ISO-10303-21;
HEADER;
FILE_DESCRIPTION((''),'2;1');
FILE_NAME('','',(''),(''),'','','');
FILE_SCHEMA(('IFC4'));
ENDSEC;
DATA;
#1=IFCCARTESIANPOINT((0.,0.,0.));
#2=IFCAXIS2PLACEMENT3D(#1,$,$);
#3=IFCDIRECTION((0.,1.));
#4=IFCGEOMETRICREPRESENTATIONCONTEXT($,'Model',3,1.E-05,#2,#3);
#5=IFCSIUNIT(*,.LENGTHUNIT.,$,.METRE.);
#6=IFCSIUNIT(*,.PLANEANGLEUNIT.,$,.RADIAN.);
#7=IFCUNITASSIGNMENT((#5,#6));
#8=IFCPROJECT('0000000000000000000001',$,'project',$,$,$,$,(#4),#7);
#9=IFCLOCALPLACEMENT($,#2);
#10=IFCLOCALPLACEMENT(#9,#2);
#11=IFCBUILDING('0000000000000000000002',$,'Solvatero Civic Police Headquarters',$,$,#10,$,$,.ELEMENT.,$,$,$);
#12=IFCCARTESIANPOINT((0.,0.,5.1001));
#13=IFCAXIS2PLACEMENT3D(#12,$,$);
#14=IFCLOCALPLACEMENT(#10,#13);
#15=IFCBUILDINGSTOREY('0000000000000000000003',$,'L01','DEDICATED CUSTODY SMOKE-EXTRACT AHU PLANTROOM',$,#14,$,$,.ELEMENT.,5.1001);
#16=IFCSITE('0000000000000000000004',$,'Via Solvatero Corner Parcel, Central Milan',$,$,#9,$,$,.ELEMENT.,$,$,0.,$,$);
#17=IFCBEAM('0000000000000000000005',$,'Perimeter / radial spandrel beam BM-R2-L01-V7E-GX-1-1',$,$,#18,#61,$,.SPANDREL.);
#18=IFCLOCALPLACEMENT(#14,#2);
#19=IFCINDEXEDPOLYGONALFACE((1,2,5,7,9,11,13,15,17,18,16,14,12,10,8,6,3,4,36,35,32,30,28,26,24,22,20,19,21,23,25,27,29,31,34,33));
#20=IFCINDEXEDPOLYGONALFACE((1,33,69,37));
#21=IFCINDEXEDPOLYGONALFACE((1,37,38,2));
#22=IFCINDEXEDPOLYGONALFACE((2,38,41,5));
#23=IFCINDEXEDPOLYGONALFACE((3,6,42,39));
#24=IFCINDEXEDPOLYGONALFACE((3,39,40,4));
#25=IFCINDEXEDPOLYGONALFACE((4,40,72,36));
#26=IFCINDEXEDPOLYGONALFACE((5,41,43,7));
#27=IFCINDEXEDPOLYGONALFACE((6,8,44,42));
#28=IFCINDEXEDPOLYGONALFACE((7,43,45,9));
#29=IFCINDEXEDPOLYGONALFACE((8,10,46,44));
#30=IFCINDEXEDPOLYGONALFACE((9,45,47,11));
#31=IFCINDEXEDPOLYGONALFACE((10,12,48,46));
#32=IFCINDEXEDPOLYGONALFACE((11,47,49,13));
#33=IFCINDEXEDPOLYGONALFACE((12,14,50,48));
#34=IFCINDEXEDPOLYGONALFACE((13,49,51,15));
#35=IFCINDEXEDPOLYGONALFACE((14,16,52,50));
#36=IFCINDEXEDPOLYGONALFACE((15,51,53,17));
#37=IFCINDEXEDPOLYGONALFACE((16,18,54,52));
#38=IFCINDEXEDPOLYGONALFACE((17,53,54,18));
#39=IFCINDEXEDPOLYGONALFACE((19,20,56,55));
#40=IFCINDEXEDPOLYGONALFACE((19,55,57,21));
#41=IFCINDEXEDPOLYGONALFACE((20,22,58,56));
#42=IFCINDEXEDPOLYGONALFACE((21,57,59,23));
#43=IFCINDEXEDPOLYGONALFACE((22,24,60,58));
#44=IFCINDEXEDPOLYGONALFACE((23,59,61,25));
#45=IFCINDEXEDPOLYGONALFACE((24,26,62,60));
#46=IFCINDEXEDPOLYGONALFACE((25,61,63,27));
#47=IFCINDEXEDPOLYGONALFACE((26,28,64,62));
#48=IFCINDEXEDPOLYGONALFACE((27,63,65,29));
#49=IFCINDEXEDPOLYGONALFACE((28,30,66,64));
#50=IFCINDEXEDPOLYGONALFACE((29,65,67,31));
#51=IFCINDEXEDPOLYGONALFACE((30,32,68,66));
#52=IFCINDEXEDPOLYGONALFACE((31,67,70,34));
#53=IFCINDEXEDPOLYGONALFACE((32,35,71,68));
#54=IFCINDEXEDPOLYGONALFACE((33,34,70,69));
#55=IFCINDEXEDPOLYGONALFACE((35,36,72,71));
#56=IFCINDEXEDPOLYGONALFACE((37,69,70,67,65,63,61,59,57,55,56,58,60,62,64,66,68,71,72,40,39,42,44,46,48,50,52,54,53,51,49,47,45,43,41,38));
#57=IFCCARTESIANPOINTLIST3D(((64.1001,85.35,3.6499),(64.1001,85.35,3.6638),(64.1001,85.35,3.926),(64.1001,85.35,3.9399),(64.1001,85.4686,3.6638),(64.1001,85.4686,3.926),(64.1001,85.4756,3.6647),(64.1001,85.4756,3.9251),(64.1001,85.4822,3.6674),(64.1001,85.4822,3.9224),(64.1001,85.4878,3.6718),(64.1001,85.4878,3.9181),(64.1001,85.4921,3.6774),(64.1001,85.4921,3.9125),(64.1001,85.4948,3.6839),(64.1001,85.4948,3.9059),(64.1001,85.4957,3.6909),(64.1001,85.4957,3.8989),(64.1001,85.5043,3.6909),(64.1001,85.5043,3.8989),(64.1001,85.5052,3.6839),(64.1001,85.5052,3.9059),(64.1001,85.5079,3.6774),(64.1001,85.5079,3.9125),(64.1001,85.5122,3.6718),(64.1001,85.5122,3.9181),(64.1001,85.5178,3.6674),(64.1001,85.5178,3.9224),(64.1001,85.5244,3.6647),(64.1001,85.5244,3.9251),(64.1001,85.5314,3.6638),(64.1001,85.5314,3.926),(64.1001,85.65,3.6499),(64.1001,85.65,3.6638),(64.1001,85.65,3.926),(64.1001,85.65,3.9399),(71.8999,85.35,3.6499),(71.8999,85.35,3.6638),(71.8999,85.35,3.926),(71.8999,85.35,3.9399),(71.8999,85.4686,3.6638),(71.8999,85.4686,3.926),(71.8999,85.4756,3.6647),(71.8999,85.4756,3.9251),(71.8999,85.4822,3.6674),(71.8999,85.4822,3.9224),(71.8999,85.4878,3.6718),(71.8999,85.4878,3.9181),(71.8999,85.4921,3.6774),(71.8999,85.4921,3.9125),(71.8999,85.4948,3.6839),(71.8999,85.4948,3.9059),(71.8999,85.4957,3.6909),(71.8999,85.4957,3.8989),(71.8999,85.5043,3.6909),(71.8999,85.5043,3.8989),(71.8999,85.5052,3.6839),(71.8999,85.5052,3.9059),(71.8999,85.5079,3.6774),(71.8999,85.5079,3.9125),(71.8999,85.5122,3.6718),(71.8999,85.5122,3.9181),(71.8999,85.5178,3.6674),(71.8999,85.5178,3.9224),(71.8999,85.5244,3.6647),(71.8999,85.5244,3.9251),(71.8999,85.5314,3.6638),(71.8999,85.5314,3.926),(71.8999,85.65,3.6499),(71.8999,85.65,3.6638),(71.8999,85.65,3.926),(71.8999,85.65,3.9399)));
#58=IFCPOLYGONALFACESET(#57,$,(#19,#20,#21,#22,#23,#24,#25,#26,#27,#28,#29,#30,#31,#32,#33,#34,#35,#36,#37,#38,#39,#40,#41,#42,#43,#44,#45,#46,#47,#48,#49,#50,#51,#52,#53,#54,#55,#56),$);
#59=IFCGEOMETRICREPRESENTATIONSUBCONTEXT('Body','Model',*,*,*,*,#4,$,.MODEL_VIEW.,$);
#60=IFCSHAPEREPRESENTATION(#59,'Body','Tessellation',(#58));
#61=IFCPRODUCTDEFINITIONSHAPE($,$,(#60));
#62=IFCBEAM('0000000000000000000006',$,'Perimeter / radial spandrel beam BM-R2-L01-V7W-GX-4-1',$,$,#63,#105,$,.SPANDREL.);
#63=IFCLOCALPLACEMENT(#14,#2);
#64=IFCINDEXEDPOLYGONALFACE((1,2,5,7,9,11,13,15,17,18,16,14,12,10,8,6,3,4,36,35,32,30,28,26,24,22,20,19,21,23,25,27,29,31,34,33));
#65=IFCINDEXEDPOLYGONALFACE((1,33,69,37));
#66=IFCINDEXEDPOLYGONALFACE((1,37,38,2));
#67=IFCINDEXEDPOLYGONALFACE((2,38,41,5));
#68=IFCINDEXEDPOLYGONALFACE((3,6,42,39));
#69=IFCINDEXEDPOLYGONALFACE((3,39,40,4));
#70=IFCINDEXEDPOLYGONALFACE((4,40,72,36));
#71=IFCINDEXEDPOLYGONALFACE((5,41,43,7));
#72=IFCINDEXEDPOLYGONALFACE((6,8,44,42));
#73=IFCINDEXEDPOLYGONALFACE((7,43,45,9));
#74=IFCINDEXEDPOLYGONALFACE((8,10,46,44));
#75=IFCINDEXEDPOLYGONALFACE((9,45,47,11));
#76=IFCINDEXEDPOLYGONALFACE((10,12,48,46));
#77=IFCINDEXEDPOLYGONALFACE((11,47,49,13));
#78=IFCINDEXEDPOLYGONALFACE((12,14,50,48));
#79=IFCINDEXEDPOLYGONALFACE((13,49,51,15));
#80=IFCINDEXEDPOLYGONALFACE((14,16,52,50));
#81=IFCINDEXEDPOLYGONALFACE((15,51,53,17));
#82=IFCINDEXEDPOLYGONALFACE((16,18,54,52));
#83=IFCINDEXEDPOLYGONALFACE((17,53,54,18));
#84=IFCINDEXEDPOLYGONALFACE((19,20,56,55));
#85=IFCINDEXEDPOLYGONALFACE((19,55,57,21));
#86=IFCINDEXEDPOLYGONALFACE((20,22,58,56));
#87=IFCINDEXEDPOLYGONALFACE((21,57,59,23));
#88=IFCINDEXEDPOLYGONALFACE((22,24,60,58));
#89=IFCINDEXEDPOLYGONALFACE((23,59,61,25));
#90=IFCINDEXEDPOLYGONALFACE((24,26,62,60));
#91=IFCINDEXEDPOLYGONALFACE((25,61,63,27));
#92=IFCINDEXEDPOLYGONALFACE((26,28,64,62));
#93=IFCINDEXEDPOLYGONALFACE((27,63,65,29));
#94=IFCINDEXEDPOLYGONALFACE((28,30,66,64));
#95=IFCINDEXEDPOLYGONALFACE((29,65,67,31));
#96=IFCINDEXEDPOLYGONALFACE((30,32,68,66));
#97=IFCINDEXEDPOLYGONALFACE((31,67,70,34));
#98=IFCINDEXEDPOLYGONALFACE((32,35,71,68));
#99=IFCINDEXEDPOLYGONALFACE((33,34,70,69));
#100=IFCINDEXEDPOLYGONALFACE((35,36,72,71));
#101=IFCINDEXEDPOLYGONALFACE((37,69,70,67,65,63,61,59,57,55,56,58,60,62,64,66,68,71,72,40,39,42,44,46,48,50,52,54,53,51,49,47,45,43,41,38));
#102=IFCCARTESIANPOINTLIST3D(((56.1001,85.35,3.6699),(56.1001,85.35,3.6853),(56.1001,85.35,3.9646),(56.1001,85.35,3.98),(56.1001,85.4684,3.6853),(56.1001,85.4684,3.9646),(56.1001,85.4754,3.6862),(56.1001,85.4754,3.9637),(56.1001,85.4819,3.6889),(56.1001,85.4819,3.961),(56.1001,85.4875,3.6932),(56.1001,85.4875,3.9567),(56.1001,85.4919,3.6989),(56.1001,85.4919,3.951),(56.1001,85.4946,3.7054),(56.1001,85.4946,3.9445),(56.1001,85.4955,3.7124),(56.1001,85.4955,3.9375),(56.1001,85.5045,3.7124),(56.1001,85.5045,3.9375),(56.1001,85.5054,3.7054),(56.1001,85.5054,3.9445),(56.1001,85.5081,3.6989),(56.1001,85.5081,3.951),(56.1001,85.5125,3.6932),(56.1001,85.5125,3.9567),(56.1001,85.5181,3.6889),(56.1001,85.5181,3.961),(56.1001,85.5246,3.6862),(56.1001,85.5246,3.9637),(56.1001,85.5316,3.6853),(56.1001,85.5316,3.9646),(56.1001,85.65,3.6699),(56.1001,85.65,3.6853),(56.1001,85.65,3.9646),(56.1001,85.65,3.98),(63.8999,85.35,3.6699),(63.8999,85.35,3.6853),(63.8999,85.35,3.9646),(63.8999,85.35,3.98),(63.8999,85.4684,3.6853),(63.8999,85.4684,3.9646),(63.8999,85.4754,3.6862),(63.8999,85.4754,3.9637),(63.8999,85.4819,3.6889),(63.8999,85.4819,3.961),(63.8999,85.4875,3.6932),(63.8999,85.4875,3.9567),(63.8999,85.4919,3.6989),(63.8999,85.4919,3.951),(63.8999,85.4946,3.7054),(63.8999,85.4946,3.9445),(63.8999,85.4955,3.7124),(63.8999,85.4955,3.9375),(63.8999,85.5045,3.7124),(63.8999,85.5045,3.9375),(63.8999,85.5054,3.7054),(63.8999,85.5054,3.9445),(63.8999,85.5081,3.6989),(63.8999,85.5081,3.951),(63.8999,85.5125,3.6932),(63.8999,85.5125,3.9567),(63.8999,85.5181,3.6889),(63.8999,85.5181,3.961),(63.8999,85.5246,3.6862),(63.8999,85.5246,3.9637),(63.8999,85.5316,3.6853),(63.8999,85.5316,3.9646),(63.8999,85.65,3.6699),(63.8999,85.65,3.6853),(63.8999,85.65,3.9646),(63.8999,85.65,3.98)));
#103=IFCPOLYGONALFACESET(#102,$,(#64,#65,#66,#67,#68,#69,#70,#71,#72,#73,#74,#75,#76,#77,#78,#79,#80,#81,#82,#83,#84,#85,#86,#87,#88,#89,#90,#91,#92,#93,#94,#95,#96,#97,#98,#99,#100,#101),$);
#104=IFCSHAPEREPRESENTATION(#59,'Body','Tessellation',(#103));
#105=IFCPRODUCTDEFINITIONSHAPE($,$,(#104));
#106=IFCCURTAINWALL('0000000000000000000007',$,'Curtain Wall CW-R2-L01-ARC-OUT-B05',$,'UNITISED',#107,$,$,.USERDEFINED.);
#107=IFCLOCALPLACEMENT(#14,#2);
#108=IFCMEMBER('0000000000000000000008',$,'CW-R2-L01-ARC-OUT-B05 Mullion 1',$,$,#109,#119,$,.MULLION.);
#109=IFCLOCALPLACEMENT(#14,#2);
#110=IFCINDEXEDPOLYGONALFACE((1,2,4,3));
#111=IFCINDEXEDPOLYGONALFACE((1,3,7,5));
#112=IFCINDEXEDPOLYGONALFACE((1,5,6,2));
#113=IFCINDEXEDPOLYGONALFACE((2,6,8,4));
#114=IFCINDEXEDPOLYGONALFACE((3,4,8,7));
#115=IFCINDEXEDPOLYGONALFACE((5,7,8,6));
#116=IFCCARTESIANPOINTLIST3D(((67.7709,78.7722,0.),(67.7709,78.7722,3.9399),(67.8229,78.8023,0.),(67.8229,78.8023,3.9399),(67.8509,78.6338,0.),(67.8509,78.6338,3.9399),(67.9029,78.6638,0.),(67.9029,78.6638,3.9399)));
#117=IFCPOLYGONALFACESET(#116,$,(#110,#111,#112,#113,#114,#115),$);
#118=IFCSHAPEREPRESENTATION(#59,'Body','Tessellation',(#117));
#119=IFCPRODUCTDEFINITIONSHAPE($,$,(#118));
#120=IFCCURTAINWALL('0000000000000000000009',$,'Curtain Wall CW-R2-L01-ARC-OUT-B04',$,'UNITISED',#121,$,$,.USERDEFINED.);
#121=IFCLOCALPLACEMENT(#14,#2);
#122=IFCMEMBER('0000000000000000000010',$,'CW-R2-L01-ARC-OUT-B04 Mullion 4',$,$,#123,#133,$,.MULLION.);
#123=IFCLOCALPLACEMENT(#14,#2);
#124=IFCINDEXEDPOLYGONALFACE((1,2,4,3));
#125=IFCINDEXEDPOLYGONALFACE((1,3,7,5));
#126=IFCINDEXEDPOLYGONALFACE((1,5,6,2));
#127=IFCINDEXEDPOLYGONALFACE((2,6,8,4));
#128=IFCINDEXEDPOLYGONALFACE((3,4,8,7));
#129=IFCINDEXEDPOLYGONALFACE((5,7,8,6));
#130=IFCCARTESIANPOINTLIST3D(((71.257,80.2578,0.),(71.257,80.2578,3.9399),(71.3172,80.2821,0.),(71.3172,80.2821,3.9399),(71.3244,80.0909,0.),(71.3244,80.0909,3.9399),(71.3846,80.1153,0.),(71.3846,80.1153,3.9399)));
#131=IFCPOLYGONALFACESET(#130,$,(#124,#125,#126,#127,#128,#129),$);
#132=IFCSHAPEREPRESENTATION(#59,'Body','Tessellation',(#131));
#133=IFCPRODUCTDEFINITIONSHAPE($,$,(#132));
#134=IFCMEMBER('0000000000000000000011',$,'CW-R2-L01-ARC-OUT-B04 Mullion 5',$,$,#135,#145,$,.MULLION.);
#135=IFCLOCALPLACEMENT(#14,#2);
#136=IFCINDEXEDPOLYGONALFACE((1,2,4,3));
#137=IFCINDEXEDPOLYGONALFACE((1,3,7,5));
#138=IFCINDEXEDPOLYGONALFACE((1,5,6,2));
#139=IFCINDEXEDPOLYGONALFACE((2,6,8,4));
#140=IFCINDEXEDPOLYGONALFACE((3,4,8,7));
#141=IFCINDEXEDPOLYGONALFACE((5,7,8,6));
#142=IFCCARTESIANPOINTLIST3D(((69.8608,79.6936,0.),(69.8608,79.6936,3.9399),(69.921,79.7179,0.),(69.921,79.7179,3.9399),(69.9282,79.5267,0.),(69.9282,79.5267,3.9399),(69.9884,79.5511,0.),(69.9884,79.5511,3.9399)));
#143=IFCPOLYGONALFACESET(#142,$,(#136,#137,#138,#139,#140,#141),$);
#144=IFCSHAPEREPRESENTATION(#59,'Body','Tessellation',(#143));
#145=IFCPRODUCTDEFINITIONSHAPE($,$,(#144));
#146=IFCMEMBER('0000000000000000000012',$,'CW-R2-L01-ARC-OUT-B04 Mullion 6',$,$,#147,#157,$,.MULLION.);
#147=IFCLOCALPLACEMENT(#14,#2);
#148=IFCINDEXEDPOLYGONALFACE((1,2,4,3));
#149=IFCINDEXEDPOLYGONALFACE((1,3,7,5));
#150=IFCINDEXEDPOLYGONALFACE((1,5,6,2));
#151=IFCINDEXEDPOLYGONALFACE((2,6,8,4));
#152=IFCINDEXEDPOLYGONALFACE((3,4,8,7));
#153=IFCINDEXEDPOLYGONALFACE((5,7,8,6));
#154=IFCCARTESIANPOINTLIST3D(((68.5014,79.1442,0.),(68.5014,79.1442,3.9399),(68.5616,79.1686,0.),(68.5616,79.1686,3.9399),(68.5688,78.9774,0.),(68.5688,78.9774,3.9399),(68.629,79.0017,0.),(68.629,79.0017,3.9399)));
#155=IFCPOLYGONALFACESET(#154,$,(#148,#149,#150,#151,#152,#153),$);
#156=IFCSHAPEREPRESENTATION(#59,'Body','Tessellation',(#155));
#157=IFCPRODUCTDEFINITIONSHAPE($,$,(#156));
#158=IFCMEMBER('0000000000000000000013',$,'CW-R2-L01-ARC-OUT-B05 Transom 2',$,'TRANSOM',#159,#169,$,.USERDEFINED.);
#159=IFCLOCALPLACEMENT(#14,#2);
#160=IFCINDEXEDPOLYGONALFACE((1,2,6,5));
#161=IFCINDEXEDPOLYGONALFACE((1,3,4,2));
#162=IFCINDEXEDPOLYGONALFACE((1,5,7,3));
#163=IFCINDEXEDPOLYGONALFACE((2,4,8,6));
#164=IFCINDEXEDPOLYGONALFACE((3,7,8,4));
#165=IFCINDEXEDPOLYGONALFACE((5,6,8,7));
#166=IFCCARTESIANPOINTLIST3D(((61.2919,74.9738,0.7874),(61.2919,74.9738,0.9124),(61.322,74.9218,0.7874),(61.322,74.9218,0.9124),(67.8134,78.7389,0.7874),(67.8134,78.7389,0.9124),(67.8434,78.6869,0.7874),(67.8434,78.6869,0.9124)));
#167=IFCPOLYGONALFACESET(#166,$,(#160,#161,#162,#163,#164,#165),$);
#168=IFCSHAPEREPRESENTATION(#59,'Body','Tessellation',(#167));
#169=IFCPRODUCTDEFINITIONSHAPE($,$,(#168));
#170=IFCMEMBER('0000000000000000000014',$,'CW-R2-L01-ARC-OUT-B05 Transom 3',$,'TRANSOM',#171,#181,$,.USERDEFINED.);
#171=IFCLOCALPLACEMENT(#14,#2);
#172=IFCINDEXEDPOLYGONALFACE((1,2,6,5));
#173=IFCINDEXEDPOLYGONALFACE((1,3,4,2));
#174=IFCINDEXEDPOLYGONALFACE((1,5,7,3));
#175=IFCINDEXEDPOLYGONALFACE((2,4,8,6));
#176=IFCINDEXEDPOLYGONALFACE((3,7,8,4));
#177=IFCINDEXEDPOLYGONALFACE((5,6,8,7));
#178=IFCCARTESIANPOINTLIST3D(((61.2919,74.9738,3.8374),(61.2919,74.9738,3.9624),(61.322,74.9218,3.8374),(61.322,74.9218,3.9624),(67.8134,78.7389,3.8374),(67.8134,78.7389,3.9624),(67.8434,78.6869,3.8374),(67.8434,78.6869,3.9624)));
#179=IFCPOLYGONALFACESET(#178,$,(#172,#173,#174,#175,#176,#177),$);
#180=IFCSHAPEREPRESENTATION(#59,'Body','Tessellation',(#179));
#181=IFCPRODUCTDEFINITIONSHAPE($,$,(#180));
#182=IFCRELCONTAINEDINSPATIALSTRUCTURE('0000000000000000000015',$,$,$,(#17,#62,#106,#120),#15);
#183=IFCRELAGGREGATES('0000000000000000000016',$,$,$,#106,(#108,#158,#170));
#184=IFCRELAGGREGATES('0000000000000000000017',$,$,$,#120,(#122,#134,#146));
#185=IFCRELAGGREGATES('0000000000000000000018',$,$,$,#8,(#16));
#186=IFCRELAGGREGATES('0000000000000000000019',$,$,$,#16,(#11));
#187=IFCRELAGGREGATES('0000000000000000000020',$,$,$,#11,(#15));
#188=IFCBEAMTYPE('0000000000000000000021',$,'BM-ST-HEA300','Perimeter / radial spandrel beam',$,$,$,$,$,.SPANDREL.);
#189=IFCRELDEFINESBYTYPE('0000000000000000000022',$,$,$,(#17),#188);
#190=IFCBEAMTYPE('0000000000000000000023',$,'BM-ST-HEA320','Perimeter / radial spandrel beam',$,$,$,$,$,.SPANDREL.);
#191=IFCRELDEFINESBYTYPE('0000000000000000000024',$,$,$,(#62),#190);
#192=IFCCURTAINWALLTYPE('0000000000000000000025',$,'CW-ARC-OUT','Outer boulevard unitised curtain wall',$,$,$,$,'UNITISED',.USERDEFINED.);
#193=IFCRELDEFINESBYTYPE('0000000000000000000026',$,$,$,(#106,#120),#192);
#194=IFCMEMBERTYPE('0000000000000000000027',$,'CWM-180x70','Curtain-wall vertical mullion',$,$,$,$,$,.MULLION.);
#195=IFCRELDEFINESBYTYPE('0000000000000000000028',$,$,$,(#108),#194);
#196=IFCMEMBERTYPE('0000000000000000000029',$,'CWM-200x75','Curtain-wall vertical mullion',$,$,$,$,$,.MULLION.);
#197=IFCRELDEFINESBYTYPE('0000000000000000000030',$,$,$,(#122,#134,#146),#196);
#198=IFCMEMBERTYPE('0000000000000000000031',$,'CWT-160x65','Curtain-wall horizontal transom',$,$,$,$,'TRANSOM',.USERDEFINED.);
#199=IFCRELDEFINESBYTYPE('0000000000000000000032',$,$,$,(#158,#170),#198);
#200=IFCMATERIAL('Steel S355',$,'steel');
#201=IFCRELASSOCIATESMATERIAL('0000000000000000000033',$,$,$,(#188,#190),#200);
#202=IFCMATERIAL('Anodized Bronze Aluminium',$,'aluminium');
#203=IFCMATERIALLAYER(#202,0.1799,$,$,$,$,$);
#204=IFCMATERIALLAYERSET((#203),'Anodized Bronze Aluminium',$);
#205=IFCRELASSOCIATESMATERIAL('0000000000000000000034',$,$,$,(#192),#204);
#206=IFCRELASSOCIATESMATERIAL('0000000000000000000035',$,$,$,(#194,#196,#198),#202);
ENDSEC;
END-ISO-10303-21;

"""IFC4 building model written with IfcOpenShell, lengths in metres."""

from ifc_helpers import new_model, si_unit, direction, frame, origin, origin_2d, place, context, subcontext, project, spatial, rectangle, i_section, extrude, material, layer, layer_set, material_profile, profile_set, type_object, element, aggregate, save


model = new_model("IFC4")

# Units and contexts
model_context = context("Model", 3, precision=1e-05, world=origin(), true_north=direction((0.0, 1.0)))
body_context = subcontext(model_context, "Body", "Model", "MODEL_VIEW")
ifc_project = project(units=[si_unit("LENGTHUNIT", "METRE"), si_unit("PLANEANGLEUNIT", "RADIAN")], contexts=[model_context])

# Site, building, storey
site_placement = place(None, origin())
site = spatial("IfcSite", under=ifc_project, at=site_placement, Name="Via Solvatero Corner Parcel, Central Milan", CompositionType="ELEMENT", RefElevation=0.0)
building_placement = place(site_placement, origin())
building = spatial("IfcBuilding", under=site, at=building_placement, Name="Solvatero Civic Police Headquarters", CompositionType="ELEMENT")
storey_placement = place(building_placement, frame((0.0, 0.0, 5.1001)))
storey = spatial("IfcBuildingStorey", under=building, at=storey_placement, Name="L01", Description="DEDICATED CUSTODY SMOKE-EXTRACT AHU PLANTROOM", CompositionType="ELEMENT", Elevation=5.1001)

# Shared definitions
ifc_material_1 = material(Name="Steel S355", Category="steel")

# Beams
ifc_material_profile_1 = material_profile(ifc_material_1, i_section(OverallWidth=0.3, OverallDepth=0.29, WebThickness=0.0085, FlangeThickness=0.0139, FilletRadius=0.0271, at=origin_2d()), Name="HEA 300")
ifc_profile_set_1 = profile_set([ifc_material_profile_1], Name="Steel S355")
beam_type_1 = type_object("IfcBeamType", Name="BM-ST-HEA300", Description="Perimeter / radial spandrel beam", PredefinedType="SPANDREL", material=ifc_profile_set_1)
beam_1_placement = place(storey_placement, frame((64.1001, 85.5, 3.7949), z_axis=(1.0, 0.0, 0.0), x_axis=(0.0, 1.0, 0.0)))
element("IfcBeam", 1, at=beam_1_placement, inside=storey, type_object=beam_type_1, Name="Perimeter / radial spandrel beam BM-R2-L01-V7E-GX-1-1", PredefinedType="SPANDREL", context=body_context, shape_type="SweptSolid", body=[
    extrude(i_section(OverallWidth=0.3, OverallDepth=0.29, WebThickness=0.0085, FlangeThickness=0.0139, FilletRadius=0.0271, at=origin_2d()), origin(), (0.0, 0.0, 1.0), 7.7998),
])
ifc_material_profile_2 = material_profile(ifc_material_1, i_section(OverallWidth=0.3, OverallDepth=0.3101, WebThickness=0.009, FlangeThickness=0.0154, FilletRadius=0.0271, at=origin_2d()), Name="HEA 320")
ifc_profile_set_2 = profile_set([ifc_material_profile_2], Name="Steel S355")
beam_type_2 = type_object("IfcBeamType", Name="BM-ST-HEA320", Description="Perimeter / radial spandrel beam", PredefinedType="SPANDREL", material=ifc_profile_set_2)
beam_2_placement = place(storey_placement, frame((56.1001, 85.5, 3.825), z_axis=(1.0, 0.0, 0.0), x_axis=(0.0, 1.0, 0.0)))
element("IfcBeam", 2, at=beam_2_placement, inside=storey, type_object=beam_type_2, Name="Perimeter / radial spandrel beam BM-R2-L01-V7W-GX-4-1", PredefinedType="SPANDREL", context=body_context, shape_type="SweptSolid", body=[
    extrude(i_section(OverallWidth=0.3, OverallDepth=0.3101, WebThickness=0.009, FlangeThickness=0.0154, FilletRadius=0.0271, at=origin_2d()), origin(), (0.0, 0.0, 1.0), 7.7998),
])

# Curtain wall, member
ifc_material_2 = material(Name="Anodized Bronze Aluminium", Category="aluminium")
ifc_layer_1 = layer(ifc_material_2, 0.1799)
ifc_layer_set_1 = layer_set([ifc_layer_1], Name="Anodized Bronze Aluminium")
curtain_wall_type = type_object("IfcCurtainWallType", Name="CW-ARC-OUT", Description="Outer boulevard unitised curtain wall", ElementType="UNITISED", PredefinedType="USERDEFINED", material=ifc_layer_set_1)
curtain_wall_1_placement = place(storey_placement, origin())
curtain_wall_1 = element("IfcCurtainWall", 3, at=curtain_wall_1_placement, inside=storey, type_object=curtain_wall_type, Name="Curtain Wall CW-R2-L01-ARC-OUT-B05", ObjectType="UNITISED", PredefinedType="USERDEFINED")
ifc_material_profile_3 = material_profile(ifc_material_2, rectangle(XDim=0.0601, YDim=0.1599, at=origin_2d()), Name="ALU MULLION 60x160")
ifc_profile_set_3 = profile_set([ifc_material_profile_3], Name="Anodized Bronze Aluminium")
member_type_1 = type_object("IfcMemberType", Name="CWM-180x70", Description="Curtain-wall vertical mullion", PredefinedType="MULLION", material=ifc_profile_set_3)
member_1_placement = place(storey_placement, frame((67.8369, 78.718, 0.0), z_axis=(0.0, 0.0, 1.0), x_axis=(-0.866025, -0.5, 0.0)))
member_1 = element("IfcMember", 4, at=member_1_placement, type_object=member_type_1, Name="CW-R2-L01-ARC-OUT-B05 Mullion 1", PredefinedType="MULLION", context=body_context, shape_type="SweptSolid", body=[
    extrude(rectangle(XDim=0.0601, YDim=0.1599, at=origin_2d()), origin(), (0.0, 0.0, 1.0), 3.9399),
])

# Curtain wall, members
curtain_wall_2_placement = place(storey_placement, origin())
curtain_wall_2 = element("IfcCurtainWall", 5, at=curtain_wall_2_placement, inside=storey, type_object=curtain_wall_type, Name="Curtain Wall CW-R2-L01-ARC-OUT-B04", ObjectType="UNITISED", PredefinedType="USERDEFINED")
ifc_material_profile_4 = material_profile(ifc_material_2, rectangle(XDim=0.0649, YDim=0.1799, at=origin_2d()), Name="ALU MULLION 65x180")
ifc_profile_set_4 = profile_set([ifc_material_profile_4], Name="Anodized Bronze Aluminium")
member_type_2 = type_object("IfcMemberType", Name="CWM-200x75", Description="Curtain-wall vertical mullion", PredefinedType="MULLION", material=ifc_profile_set_4)
member_2_placement = place(storey_placement, frame((71.3208, 80.1865, 0.0), z_axis=(0.0, 0.0, 1.0), x_axis=(-0.927184, -0.374607, 0.0)))
member_2 = element("IfcMember", 6, at=member_2_placement, type_object=member_type_2, Name="CW-R2-L01-ARC-OUT-B04 Mullion 4", PredefinedType="MULLION", context=body_context, shape_type="SweptSolid", body=[
    extrude(rectangle(XDim=0.0649, YDim=0.1799, at=origin_2d()), origin(), (0.0, 0.0, 1.0), 3.9399),
])
member_3_placement = place(storey_placement, frame((69.9246, 79.6223, 0.0), z_axis=(0.0, 0.0, 1.0), x_axis=(-0.927184, -0.374607, 0.0)))
member_3 = element("IfcMember", 7, at=member_3_placement, type_object=member_type_2, Name="CW-R2-L01-ARC-OUT-B04 Mullion 5", PredefinedType="MULLION", context=body_context, shape_type="SweptSolid", body=[
    extrude(rectangle(XDim=0.0649, YDim=0.1799, at=origin_2d()), origin(), (0.0, 0.0, 1.0), 3.9399),
])
member_4_placement = place(storey_placement, frame((68.5652, 79.073, 0.0), z_axis=(0.0, 0.0, 1.0), x_axis=(-0.927184, -0.374607, 0.0)))
member_4 = element("IfcMember", 8, at=member_4_placement, type_object=member_type_2, Name="CW-R2-L01-ARC-OUT-B04 Mullion 6", PredefinedType="MULLION", context=body_context, shape_type="SweptSolid", body=[
    extrude(rectangle(XDim=0.0649, YDim=0.1799, at=origin_2d()), origin(), (0.0, 0.0, 1.0), 3.9399),
])

# Members
ifc_material_profile_5 = material_profile(ifc_material_2, rectangle(XDim=0.0601, YDim=0.125, at=origin_2d()), Name="ALU TRANSOM 60x125")
ifc_profile_set_5 = profile_set([ifc_material_profile_5], Name="Anodized Bronze Aluminium")
member_type_3 = type_object("IfcMemberType", Name="CWT-160x65", Description="Curtain-wall horizontal transom", ElementType="TRANSOM", PredefinedType="USERDEFINED", material=ifc_profile_set_5)
member_5_placement = place(storey_placement, frame((67.8284, 78.7129, 0.8499), z_axis=(-0.866028, -0.499996, 0.0), x_axis=(0.499996, -0.866028, 0.0)))
member_5 = element("IfcMember", 9, at=member_5_placement, type_object=member_type_3, Name="CW-R2-L01-ARC-OUT-B05 Transom 2", ObjectType="TRANSOM", PredefinedType="USERDEFINED", context=body_context, shape_type="SweptSolid", body=[
    extrude(rectangle(XDim=0.0601, YDim=0.125, at=origin_2d()), origin(), (0.0, 0.0, 1.0), 7.5303),
])
member_6_placement = place(storey_placement, frame((67.8284, 78.7129, 3.8999), z_axis=(-0.866028, -0.499996, 0.0), x_axis=(0.499996, -0.866028, 0.0)))
member_6 = element("IfcMember", 10, at=member_6_placement, type_object=member_type_3, Name="CW-R2-L01-ARC-OUT-B05 Transom 3", ObjectType="TRANSOM", PredefinedType="USERDEFINED", context=body_context, shape_type="SweptSolid", body=[
    extrude(rectangle(XDim=0.0601, YDim=0.125, at=origin_2d()), origin(), (0.0, 0.0, 1.0), 7.5303),
])
aggregate(curtain_wall_1, [member_1, member_5, member_6])

aggregate(curtain_wall_2, [member_2, member_3, member_4])

save(model, "model.ifc")
